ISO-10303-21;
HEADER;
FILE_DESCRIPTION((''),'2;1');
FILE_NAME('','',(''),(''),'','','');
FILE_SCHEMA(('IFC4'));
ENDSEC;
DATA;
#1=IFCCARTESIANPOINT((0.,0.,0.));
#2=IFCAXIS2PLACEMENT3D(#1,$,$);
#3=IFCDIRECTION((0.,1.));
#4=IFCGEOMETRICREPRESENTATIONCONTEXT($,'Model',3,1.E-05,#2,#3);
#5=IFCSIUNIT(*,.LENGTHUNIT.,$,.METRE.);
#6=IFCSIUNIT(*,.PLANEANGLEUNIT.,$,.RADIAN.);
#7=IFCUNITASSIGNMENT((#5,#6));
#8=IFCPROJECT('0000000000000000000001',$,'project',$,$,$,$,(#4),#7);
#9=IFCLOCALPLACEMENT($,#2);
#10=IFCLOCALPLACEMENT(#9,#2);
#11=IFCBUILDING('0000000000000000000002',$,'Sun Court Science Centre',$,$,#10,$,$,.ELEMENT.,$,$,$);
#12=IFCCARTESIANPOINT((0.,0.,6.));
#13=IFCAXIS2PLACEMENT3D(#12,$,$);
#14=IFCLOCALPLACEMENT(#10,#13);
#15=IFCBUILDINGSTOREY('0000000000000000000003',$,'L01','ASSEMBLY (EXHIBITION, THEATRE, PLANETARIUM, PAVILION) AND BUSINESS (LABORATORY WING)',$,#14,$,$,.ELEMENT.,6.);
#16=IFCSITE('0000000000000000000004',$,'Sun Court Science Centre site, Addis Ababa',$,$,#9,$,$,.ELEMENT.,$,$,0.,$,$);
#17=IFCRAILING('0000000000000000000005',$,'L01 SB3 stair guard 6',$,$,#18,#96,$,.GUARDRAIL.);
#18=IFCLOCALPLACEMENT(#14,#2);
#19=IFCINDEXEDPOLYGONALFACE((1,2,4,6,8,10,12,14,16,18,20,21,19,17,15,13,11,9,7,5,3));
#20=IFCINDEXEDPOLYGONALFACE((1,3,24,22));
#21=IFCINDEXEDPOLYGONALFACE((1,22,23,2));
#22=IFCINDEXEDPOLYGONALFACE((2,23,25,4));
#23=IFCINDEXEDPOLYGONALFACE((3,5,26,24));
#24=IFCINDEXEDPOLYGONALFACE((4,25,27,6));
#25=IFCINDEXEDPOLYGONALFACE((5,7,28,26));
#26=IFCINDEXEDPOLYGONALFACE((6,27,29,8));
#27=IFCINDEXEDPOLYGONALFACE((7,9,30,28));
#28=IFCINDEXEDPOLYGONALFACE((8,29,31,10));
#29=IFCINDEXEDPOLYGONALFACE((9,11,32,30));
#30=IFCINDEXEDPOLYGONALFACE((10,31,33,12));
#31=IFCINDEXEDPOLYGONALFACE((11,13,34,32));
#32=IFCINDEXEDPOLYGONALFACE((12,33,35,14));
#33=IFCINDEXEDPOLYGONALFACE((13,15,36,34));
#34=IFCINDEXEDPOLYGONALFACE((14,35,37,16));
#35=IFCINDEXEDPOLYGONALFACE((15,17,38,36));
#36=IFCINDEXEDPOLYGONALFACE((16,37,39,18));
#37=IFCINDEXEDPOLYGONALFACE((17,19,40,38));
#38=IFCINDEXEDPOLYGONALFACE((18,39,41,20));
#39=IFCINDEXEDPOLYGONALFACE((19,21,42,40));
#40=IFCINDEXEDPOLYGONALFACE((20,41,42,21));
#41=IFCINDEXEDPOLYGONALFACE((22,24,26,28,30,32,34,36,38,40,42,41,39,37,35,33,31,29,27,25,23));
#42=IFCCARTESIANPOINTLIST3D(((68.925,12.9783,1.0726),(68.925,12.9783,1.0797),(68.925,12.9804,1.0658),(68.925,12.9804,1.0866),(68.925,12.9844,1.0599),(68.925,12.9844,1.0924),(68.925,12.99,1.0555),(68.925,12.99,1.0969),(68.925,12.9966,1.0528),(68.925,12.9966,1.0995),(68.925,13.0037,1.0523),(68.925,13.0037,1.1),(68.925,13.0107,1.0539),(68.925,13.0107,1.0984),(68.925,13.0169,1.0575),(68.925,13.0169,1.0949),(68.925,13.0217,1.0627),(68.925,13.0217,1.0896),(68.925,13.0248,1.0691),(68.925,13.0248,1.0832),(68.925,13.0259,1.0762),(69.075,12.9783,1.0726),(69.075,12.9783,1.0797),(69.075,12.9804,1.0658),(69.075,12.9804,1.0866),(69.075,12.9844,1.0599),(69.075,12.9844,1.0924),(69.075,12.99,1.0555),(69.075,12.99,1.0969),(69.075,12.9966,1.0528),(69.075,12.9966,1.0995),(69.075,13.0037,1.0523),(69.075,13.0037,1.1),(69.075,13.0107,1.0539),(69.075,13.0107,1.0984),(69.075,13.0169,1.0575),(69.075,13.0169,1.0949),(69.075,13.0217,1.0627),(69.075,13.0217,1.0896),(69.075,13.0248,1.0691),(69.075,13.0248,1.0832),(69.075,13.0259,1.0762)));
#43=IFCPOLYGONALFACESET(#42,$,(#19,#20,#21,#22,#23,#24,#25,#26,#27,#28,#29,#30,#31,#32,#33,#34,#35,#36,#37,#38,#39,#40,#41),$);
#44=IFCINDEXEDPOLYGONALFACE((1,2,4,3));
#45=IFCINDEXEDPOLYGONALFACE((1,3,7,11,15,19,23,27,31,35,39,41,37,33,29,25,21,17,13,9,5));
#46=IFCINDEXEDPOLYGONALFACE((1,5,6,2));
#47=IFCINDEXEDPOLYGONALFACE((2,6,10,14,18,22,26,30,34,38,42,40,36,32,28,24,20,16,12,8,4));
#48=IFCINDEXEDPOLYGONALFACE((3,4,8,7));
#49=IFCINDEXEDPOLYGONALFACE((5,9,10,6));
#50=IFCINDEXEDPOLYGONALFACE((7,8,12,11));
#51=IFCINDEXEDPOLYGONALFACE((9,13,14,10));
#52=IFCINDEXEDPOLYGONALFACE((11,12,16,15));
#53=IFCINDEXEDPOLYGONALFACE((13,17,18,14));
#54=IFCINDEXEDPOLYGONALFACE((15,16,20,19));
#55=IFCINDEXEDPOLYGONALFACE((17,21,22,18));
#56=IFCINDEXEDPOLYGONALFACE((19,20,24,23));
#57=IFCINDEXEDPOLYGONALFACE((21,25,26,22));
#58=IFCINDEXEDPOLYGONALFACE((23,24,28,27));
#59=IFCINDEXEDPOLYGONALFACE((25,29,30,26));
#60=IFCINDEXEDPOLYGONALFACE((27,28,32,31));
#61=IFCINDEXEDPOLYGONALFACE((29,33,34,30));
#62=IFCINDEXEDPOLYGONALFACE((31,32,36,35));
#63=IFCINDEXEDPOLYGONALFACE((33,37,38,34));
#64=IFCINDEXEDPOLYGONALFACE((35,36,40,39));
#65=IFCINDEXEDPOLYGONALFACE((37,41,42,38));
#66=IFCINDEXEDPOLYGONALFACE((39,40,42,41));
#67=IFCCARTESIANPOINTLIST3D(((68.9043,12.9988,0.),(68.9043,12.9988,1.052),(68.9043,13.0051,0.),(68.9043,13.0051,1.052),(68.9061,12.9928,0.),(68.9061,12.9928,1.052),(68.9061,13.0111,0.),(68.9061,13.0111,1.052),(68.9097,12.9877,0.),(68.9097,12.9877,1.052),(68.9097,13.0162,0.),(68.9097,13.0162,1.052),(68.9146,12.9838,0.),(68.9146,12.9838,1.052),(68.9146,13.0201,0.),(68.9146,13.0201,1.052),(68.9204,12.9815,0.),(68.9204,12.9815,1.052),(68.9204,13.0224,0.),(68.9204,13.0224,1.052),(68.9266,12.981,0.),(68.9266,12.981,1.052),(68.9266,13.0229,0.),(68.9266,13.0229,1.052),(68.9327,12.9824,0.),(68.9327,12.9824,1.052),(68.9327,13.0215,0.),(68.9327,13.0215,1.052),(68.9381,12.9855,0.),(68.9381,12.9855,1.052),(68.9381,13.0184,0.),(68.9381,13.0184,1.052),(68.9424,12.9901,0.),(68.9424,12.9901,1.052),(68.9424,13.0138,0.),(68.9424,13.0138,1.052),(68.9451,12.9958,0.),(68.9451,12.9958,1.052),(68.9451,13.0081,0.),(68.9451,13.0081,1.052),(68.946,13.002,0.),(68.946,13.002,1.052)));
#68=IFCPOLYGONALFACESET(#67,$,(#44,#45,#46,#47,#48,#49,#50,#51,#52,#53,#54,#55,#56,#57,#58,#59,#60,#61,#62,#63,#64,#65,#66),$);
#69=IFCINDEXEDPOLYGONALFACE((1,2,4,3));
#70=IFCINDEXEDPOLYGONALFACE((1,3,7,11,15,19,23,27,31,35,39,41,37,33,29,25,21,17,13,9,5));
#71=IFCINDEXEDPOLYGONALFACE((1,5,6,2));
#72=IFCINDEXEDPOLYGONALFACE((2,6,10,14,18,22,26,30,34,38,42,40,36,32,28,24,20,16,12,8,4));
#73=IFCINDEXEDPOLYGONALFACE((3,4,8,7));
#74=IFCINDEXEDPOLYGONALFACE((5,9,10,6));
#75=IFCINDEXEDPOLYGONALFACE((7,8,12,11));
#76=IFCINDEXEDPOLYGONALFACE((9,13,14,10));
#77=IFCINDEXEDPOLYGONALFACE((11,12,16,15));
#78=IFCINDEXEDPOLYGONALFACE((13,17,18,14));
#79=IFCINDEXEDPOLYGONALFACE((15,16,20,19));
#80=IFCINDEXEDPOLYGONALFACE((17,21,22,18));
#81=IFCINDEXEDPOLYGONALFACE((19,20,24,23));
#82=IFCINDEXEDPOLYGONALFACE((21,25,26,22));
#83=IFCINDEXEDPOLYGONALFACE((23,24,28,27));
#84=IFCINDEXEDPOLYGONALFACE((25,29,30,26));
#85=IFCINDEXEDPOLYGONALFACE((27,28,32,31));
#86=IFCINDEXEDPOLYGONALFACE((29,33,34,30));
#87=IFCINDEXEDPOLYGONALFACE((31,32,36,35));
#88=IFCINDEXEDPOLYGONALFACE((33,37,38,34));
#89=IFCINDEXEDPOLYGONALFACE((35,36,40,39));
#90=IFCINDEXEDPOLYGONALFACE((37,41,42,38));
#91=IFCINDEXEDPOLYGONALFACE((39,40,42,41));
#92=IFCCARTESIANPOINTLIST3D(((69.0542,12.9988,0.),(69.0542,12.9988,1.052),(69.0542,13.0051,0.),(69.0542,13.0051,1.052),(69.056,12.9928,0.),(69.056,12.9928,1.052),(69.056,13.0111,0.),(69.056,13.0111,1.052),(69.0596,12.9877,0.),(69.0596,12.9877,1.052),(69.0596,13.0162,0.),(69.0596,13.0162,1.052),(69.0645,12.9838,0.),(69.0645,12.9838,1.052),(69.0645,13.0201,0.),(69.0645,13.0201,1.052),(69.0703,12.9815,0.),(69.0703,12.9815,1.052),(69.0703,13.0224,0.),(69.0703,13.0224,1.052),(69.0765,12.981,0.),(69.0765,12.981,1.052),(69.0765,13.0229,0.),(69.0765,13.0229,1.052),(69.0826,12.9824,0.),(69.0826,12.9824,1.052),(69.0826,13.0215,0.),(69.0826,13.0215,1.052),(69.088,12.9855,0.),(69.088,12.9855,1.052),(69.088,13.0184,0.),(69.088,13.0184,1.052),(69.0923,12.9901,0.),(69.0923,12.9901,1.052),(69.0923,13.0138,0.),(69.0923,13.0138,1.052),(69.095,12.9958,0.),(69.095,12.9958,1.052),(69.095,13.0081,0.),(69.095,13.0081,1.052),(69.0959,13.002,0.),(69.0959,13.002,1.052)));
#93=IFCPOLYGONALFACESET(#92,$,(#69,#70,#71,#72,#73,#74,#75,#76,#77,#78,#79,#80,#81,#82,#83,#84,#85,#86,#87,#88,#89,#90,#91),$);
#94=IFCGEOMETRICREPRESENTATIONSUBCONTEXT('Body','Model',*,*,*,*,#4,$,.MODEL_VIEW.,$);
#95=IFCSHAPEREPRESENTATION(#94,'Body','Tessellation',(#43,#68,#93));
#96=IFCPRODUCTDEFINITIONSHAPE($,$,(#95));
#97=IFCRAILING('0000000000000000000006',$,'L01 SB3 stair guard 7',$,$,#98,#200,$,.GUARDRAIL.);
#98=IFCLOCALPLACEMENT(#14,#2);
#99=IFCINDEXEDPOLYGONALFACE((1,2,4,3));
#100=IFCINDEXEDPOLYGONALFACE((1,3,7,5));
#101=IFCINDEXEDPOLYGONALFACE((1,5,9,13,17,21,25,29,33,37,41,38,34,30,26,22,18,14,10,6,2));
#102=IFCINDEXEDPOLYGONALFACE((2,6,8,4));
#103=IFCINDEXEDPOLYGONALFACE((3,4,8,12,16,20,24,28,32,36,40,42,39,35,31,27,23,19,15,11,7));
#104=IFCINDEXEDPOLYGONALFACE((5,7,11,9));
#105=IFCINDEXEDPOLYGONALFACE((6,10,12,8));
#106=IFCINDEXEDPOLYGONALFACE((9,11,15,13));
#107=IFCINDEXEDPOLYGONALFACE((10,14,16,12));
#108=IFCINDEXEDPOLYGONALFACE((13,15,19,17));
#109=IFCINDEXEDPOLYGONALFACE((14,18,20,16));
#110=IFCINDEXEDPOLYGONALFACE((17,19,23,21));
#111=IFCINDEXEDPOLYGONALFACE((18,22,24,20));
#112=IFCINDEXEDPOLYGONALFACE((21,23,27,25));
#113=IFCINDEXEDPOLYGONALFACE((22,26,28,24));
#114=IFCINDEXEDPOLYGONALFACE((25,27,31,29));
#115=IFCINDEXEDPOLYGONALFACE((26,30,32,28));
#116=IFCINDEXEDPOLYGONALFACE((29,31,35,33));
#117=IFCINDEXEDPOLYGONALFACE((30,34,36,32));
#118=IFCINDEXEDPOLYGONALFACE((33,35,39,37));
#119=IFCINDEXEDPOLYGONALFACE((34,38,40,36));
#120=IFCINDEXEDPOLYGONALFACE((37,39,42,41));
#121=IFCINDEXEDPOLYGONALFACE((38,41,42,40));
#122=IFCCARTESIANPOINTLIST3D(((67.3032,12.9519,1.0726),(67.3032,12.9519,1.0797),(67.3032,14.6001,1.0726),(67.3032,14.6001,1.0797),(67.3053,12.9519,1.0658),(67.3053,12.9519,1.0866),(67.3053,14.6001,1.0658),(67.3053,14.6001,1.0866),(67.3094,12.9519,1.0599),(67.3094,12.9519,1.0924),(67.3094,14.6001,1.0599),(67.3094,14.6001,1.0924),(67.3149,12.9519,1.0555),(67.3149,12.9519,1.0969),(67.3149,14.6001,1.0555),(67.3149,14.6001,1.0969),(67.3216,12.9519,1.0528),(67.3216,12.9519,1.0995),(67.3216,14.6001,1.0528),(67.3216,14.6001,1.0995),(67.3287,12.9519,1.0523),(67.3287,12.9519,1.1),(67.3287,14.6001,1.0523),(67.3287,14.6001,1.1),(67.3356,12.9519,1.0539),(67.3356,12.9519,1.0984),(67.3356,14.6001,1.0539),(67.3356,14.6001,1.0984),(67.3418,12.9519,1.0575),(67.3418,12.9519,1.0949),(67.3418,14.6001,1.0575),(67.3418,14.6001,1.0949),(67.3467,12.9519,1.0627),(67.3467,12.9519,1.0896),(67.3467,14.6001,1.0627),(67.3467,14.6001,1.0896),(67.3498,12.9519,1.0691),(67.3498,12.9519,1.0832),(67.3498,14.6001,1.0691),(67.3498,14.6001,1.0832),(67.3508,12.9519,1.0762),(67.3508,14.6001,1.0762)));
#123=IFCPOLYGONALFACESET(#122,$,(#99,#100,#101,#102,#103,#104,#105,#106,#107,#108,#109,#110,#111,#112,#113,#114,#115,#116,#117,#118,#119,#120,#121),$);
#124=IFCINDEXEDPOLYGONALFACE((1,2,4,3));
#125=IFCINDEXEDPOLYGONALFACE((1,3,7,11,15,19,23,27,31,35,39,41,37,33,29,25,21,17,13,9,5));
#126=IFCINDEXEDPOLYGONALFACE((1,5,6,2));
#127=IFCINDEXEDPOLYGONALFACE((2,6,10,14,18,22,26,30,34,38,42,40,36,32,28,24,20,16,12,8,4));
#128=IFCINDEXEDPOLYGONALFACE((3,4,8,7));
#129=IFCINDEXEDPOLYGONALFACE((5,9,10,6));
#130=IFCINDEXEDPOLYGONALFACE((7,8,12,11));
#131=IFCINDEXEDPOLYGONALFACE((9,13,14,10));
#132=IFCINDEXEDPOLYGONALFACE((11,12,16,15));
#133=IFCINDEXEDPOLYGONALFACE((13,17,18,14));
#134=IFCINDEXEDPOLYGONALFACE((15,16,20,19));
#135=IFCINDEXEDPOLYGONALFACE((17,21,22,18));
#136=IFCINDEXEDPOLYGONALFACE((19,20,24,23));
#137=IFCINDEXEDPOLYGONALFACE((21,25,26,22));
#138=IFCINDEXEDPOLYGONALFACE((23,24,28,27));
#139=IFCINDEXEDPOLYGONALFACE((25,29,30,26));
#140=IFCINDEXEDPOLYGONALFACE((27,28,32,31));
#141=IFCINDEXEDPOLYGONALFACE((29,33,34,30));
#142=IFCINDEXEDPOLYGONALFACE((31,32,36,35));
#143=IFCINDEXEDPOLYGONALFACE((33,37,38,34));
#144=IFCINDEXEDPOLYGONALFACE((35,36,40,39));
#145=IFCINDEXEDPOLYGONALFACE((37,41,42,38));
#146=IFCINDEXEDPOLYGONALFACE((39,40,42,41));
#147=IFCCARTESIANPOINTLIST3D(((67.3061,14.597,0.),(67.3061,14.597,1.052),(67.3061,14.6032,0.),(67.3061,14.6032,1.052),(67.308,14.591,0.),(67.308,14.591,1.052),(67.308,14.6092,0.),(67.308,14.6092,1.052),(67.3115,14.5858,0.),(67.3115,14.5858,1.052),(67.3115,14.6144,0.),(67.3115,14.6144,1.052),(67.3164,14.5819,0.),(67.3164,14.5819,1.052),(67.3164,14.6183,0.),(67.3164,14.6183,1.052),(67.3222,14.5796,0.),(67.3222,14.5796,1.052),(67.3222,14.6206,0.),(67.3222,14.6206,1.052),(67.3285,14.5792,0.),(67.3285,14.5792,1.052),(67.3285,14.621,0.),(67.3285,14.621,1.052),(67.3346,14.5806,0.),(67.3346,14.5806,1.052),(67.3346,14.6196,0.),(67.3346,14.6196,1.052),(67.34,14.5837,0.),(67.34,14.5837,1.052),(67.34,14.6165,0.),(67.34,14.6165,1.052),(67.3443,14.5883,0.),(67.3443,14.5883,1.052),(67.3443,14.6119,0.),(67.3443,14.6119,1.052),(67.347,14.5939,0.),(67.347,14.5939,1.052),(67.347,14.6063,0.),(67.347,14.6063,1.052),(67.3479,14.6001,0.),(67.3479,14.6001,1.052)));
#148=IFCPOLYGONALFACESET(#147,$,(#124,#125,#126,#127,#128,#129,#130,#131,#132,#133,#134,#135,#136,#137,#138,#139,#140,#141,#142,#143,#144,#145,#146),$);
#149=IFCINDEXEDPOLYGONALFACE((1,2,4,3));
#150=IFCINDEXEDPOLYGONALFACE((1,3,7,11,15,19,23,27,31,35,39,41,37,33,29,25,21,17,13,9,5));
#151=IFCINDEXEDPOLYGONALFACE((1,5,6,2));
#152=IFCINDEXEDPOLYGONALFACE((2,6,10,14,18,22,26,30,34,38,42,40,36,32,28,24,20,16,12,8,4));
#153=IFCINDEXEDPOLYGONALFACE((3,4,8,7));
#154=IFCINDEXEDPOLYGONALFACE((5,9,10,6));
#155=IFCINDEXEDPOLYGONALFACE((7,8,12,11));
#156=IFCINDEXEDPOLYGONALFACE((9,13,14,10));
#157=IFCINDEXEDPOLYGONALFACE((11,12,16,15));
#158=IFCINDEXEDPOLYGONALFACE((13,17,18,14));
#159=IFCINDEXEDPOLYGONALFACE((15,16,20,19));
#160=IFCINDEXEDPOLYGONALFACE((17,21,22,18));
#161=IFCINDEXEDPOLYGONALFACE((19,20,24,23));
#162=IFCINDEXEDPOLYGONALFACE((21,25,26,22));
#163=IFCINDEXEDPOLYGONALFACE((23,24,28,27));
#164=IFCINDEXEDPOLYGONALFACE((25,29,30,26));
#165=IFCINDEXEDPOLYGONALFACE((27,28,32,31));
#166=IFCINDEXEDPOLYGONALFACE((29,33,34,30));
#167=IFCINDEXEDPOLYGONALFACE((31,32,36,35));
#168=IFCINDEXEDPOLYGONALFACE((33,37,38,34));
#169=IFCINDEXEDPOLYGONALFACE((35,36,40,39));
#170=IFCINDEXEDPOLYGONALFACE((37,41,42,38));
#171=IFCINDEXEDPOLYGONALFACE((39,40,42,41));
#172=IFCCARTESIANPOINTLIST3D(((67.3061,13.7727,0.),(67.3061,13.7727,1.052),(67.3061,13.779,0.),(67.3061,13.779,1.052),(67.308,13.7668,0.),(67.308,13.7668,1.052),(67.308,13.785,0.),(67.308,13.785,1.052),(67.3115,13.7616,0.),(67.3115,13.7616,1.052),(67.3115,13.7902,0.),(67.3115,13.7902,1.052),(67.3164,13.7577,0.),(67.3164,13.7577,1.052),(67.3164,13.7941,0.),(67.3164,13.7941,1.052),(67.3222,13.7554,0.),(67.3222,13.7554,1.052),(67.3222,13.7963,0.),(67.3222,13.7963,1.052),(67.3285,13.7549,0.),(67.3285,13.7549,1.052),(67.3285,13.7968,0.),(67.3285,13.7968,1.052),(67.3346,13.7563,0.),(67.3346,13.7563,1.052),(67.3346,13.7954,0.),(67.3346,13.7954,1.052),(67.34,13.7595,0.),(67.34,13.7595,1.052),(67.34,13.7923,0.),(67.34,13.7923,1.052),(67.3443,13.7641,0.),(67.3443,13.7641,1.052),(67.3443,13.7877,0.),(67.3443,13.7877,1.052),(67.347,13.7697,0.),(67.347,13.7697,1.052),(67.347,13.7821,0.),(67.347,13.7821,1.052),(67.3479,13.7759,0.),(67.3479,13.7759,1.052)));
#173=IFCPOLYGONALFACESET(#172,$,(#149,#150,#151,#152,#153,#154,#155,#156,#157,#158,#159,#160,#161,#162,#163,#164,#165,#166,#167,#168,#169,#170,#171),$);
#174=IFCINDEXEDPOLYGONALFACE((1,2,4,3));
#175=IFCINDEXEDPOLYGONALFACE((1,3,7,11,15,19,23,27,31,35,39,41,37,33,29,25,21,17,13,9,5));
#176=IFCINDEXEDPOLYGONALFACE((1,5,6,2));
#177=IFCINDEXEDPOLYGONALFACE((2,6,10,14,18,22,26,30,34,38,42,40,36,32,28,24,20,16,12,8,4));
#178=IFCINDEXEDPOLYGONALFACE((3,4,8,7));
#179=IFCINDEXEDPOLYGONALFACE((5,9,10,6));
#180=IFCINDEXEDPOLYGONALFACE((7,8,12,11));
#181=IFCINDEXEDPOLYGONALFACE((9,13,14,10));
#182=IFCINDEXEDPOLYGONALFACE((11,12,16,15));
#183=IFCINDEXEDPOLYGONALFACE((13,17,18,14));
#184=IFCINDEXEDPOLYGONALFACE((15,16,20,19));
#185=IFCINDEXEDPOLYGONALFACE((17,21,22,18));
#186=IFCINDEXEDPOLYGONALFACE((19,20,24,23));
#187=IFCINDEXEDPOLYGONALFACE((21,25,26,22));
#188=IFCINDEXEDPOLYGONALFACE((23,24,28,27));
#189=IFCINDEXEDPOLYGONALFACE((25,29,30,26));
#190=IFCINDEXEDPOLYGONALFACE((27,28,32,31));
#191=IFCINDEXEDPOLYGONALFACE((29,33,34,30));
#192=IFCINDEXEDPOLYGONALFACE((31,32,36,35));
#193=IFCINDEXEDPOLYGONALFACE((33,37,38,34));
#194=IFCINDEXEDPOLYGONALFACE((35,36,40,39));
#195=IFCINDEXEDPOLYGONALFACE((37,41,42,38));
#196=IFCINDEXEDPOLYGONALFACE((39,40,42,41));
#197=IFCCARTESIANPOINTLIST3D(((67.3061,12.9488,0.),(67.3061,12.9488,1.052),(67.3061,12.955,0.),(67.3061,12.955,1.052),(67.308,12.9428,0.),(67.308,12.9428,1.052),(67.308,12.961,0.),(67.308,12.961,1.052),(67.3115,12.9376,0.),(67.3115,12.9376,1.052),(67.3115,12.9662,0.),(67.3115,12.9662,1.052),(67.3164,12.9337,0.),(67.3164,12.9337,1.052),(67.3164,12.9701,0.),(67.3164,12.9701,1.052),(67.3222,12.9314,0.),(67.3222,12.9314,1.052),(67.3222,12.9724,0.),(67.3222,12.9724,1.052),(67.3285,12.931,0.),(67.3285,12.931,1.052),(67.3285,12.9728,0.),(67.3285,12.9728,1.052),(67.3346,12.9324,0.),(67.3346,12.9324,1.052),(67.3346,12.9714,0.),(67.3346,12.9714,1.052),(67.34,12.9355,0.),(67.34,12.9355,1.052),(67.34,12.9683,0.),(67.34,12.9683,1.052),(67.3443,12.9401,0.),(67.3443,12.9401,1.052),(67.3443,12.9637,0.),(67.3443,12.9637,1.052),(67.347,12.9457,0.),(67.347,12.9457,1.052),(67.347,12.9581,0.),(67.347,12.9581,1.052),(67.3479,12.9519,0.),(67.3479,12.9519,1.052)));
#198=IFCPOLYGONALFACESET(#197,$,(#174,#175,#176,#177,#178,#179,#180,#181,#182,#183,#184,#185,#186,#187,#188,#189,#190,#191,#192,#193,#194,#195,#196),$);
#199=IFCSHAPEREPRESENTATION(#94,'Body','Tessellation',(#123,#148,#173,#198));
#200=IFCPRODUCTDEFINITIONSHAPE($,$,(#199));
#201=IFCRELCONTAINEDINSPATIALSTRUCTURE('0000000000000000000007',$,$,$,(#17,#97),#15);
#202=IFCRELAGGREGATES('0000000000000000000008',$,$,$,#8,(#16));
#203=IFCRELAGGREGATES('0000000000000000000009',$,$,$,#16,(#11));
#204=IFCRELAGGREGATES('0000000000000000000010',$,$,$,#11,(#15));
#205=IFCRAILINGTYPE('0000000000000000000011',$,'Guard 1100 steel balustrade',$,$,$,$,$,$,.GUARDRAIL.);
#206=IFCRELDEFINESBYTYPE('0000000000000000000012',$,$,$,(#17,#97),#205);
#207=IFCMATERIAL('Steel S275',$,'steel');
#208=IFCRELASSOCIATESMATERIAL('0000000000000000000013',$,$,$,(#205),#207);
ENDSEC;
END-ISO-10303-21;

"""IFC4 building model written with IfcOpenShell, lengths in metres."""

from ifc_helpers import new_model, si_unit, direction, frame, origin, origin_2d, place, context, subcontext, project, spatial, circle, extrude, material, type_object, element, save


model = new_model("IFC4")

# Units and contexts
model_context = context("Model", 3, precision=1e-05, world=origin(), true_north=direction((0.0, 1.0)))
body_context = subcontext(model_context, "Body", "Model", "MODEL_VIEW")
ifc_project = project(units=[si_unit("LENGTHUNIT", "METRE"), si_unit("PLANEANGLEUNIT", "RADIAN")], contexts=[model_context])

# Site, building, storey
site_placement = place(None, origin())
site = spatial("IfcSite", under=ifc_project, at=site_placement, Name="Sun Court Science Centre site, Addis Ababa", CompositionType="ELEMENT", RefElevation=0.0)
building_placement = place(site_placement, origin())
building = spatial("IfcBuilding", under=site, at=building_placement, Name="Sun Court Science Centre", CompositionType="ELEMENT")
storey_placement = place(building_placement, frame((0.0, 0.0, 6.0)))
storey = spatial("IfcBuildingStorey", under=building, at=storey_placement, Name="L01", Description="ASSEMBLY (EXHIBITION, THEATRE, PLANETARIUM, PAVILION) AND BUSINESS (LABORATORY WING)", CompositionType="ELEMENT", Elevation=6.0)

# Railings
ifc_material_1 = material(Name="Steel S275", Category="steel")
railing_type_1 = type_object("IfcRailingType", Name="Guard 1100 steel balustrade", PredefinedType="GUARDRAIL", material=ifc_material_1)
railing_1_placement = place(storey_placement, frame((68.925, 13.002, 0.0)))
element("IfcRailing", 1, at=railing_1_placement, inside=storey, type_object=railing_type_1, Name="L01 SB3 stair guard 6", PredefinedType="GUARDRAIL", context=body_context, shape_type="SweptSolid", body=[
    extrude(circle(Radius=0.0239, at=origin_2d()), frame((0.0, 0.0, 1.0762), z_axis=(1.0, 0.0, 0.0), x_axis=(0.0, 1.0, 0.0)), (0.0, 0.0, 1.0), 0.1499),
    extrude(circle(Radius=0.021, at=origin_2d()), origin(), (0.0, 0.0, 1.0), 1.052),
    extrude(circle(Radius=0.021, at=origin_2d()), frame((0.1499, 0.0, 0.0)), (0.0, 0.0, 1.0), 1.052),
])
railing_2_placement = place(storey_placement, frame((67.3269, 14.6001, 0.0)))
element("IfcRailing", 2, at=railing_2_placement, inside=storey, type_object=railing_type_1, Name="L01 SB3 stair guard 7", PredefinedType="GUARDRAIL", context=body_context, shape_type="SweptSolid", body=[
    extrude(circle(Radius=0.0239, at=origin_2d()), frame((0.0, 0.0, 1.0762), z_axis=(0.0, -1.0, 0.0), x_axis=(1.0, 0.0, 0.0)), (0.0, 0.0, 1.0), 1.6482),
    extrude(circle(Radius=0.021, at=origin_2d()), origin(), (0.0, 0.0, 1.0), 1.052),
    extrude(circle(Radius=0.021, at=origin_2d()), frame((0.0, -0.8242, 0.0)), (0.0, 0.0, 1.0), 1.052),
    extrude(circle(Radius=0.021, at=origin_2d()), frame((0.0, -1.6482, 0.0)), (0.0, 0.0, 1.0), 1.052),
])

save(model, "model.ifc")
